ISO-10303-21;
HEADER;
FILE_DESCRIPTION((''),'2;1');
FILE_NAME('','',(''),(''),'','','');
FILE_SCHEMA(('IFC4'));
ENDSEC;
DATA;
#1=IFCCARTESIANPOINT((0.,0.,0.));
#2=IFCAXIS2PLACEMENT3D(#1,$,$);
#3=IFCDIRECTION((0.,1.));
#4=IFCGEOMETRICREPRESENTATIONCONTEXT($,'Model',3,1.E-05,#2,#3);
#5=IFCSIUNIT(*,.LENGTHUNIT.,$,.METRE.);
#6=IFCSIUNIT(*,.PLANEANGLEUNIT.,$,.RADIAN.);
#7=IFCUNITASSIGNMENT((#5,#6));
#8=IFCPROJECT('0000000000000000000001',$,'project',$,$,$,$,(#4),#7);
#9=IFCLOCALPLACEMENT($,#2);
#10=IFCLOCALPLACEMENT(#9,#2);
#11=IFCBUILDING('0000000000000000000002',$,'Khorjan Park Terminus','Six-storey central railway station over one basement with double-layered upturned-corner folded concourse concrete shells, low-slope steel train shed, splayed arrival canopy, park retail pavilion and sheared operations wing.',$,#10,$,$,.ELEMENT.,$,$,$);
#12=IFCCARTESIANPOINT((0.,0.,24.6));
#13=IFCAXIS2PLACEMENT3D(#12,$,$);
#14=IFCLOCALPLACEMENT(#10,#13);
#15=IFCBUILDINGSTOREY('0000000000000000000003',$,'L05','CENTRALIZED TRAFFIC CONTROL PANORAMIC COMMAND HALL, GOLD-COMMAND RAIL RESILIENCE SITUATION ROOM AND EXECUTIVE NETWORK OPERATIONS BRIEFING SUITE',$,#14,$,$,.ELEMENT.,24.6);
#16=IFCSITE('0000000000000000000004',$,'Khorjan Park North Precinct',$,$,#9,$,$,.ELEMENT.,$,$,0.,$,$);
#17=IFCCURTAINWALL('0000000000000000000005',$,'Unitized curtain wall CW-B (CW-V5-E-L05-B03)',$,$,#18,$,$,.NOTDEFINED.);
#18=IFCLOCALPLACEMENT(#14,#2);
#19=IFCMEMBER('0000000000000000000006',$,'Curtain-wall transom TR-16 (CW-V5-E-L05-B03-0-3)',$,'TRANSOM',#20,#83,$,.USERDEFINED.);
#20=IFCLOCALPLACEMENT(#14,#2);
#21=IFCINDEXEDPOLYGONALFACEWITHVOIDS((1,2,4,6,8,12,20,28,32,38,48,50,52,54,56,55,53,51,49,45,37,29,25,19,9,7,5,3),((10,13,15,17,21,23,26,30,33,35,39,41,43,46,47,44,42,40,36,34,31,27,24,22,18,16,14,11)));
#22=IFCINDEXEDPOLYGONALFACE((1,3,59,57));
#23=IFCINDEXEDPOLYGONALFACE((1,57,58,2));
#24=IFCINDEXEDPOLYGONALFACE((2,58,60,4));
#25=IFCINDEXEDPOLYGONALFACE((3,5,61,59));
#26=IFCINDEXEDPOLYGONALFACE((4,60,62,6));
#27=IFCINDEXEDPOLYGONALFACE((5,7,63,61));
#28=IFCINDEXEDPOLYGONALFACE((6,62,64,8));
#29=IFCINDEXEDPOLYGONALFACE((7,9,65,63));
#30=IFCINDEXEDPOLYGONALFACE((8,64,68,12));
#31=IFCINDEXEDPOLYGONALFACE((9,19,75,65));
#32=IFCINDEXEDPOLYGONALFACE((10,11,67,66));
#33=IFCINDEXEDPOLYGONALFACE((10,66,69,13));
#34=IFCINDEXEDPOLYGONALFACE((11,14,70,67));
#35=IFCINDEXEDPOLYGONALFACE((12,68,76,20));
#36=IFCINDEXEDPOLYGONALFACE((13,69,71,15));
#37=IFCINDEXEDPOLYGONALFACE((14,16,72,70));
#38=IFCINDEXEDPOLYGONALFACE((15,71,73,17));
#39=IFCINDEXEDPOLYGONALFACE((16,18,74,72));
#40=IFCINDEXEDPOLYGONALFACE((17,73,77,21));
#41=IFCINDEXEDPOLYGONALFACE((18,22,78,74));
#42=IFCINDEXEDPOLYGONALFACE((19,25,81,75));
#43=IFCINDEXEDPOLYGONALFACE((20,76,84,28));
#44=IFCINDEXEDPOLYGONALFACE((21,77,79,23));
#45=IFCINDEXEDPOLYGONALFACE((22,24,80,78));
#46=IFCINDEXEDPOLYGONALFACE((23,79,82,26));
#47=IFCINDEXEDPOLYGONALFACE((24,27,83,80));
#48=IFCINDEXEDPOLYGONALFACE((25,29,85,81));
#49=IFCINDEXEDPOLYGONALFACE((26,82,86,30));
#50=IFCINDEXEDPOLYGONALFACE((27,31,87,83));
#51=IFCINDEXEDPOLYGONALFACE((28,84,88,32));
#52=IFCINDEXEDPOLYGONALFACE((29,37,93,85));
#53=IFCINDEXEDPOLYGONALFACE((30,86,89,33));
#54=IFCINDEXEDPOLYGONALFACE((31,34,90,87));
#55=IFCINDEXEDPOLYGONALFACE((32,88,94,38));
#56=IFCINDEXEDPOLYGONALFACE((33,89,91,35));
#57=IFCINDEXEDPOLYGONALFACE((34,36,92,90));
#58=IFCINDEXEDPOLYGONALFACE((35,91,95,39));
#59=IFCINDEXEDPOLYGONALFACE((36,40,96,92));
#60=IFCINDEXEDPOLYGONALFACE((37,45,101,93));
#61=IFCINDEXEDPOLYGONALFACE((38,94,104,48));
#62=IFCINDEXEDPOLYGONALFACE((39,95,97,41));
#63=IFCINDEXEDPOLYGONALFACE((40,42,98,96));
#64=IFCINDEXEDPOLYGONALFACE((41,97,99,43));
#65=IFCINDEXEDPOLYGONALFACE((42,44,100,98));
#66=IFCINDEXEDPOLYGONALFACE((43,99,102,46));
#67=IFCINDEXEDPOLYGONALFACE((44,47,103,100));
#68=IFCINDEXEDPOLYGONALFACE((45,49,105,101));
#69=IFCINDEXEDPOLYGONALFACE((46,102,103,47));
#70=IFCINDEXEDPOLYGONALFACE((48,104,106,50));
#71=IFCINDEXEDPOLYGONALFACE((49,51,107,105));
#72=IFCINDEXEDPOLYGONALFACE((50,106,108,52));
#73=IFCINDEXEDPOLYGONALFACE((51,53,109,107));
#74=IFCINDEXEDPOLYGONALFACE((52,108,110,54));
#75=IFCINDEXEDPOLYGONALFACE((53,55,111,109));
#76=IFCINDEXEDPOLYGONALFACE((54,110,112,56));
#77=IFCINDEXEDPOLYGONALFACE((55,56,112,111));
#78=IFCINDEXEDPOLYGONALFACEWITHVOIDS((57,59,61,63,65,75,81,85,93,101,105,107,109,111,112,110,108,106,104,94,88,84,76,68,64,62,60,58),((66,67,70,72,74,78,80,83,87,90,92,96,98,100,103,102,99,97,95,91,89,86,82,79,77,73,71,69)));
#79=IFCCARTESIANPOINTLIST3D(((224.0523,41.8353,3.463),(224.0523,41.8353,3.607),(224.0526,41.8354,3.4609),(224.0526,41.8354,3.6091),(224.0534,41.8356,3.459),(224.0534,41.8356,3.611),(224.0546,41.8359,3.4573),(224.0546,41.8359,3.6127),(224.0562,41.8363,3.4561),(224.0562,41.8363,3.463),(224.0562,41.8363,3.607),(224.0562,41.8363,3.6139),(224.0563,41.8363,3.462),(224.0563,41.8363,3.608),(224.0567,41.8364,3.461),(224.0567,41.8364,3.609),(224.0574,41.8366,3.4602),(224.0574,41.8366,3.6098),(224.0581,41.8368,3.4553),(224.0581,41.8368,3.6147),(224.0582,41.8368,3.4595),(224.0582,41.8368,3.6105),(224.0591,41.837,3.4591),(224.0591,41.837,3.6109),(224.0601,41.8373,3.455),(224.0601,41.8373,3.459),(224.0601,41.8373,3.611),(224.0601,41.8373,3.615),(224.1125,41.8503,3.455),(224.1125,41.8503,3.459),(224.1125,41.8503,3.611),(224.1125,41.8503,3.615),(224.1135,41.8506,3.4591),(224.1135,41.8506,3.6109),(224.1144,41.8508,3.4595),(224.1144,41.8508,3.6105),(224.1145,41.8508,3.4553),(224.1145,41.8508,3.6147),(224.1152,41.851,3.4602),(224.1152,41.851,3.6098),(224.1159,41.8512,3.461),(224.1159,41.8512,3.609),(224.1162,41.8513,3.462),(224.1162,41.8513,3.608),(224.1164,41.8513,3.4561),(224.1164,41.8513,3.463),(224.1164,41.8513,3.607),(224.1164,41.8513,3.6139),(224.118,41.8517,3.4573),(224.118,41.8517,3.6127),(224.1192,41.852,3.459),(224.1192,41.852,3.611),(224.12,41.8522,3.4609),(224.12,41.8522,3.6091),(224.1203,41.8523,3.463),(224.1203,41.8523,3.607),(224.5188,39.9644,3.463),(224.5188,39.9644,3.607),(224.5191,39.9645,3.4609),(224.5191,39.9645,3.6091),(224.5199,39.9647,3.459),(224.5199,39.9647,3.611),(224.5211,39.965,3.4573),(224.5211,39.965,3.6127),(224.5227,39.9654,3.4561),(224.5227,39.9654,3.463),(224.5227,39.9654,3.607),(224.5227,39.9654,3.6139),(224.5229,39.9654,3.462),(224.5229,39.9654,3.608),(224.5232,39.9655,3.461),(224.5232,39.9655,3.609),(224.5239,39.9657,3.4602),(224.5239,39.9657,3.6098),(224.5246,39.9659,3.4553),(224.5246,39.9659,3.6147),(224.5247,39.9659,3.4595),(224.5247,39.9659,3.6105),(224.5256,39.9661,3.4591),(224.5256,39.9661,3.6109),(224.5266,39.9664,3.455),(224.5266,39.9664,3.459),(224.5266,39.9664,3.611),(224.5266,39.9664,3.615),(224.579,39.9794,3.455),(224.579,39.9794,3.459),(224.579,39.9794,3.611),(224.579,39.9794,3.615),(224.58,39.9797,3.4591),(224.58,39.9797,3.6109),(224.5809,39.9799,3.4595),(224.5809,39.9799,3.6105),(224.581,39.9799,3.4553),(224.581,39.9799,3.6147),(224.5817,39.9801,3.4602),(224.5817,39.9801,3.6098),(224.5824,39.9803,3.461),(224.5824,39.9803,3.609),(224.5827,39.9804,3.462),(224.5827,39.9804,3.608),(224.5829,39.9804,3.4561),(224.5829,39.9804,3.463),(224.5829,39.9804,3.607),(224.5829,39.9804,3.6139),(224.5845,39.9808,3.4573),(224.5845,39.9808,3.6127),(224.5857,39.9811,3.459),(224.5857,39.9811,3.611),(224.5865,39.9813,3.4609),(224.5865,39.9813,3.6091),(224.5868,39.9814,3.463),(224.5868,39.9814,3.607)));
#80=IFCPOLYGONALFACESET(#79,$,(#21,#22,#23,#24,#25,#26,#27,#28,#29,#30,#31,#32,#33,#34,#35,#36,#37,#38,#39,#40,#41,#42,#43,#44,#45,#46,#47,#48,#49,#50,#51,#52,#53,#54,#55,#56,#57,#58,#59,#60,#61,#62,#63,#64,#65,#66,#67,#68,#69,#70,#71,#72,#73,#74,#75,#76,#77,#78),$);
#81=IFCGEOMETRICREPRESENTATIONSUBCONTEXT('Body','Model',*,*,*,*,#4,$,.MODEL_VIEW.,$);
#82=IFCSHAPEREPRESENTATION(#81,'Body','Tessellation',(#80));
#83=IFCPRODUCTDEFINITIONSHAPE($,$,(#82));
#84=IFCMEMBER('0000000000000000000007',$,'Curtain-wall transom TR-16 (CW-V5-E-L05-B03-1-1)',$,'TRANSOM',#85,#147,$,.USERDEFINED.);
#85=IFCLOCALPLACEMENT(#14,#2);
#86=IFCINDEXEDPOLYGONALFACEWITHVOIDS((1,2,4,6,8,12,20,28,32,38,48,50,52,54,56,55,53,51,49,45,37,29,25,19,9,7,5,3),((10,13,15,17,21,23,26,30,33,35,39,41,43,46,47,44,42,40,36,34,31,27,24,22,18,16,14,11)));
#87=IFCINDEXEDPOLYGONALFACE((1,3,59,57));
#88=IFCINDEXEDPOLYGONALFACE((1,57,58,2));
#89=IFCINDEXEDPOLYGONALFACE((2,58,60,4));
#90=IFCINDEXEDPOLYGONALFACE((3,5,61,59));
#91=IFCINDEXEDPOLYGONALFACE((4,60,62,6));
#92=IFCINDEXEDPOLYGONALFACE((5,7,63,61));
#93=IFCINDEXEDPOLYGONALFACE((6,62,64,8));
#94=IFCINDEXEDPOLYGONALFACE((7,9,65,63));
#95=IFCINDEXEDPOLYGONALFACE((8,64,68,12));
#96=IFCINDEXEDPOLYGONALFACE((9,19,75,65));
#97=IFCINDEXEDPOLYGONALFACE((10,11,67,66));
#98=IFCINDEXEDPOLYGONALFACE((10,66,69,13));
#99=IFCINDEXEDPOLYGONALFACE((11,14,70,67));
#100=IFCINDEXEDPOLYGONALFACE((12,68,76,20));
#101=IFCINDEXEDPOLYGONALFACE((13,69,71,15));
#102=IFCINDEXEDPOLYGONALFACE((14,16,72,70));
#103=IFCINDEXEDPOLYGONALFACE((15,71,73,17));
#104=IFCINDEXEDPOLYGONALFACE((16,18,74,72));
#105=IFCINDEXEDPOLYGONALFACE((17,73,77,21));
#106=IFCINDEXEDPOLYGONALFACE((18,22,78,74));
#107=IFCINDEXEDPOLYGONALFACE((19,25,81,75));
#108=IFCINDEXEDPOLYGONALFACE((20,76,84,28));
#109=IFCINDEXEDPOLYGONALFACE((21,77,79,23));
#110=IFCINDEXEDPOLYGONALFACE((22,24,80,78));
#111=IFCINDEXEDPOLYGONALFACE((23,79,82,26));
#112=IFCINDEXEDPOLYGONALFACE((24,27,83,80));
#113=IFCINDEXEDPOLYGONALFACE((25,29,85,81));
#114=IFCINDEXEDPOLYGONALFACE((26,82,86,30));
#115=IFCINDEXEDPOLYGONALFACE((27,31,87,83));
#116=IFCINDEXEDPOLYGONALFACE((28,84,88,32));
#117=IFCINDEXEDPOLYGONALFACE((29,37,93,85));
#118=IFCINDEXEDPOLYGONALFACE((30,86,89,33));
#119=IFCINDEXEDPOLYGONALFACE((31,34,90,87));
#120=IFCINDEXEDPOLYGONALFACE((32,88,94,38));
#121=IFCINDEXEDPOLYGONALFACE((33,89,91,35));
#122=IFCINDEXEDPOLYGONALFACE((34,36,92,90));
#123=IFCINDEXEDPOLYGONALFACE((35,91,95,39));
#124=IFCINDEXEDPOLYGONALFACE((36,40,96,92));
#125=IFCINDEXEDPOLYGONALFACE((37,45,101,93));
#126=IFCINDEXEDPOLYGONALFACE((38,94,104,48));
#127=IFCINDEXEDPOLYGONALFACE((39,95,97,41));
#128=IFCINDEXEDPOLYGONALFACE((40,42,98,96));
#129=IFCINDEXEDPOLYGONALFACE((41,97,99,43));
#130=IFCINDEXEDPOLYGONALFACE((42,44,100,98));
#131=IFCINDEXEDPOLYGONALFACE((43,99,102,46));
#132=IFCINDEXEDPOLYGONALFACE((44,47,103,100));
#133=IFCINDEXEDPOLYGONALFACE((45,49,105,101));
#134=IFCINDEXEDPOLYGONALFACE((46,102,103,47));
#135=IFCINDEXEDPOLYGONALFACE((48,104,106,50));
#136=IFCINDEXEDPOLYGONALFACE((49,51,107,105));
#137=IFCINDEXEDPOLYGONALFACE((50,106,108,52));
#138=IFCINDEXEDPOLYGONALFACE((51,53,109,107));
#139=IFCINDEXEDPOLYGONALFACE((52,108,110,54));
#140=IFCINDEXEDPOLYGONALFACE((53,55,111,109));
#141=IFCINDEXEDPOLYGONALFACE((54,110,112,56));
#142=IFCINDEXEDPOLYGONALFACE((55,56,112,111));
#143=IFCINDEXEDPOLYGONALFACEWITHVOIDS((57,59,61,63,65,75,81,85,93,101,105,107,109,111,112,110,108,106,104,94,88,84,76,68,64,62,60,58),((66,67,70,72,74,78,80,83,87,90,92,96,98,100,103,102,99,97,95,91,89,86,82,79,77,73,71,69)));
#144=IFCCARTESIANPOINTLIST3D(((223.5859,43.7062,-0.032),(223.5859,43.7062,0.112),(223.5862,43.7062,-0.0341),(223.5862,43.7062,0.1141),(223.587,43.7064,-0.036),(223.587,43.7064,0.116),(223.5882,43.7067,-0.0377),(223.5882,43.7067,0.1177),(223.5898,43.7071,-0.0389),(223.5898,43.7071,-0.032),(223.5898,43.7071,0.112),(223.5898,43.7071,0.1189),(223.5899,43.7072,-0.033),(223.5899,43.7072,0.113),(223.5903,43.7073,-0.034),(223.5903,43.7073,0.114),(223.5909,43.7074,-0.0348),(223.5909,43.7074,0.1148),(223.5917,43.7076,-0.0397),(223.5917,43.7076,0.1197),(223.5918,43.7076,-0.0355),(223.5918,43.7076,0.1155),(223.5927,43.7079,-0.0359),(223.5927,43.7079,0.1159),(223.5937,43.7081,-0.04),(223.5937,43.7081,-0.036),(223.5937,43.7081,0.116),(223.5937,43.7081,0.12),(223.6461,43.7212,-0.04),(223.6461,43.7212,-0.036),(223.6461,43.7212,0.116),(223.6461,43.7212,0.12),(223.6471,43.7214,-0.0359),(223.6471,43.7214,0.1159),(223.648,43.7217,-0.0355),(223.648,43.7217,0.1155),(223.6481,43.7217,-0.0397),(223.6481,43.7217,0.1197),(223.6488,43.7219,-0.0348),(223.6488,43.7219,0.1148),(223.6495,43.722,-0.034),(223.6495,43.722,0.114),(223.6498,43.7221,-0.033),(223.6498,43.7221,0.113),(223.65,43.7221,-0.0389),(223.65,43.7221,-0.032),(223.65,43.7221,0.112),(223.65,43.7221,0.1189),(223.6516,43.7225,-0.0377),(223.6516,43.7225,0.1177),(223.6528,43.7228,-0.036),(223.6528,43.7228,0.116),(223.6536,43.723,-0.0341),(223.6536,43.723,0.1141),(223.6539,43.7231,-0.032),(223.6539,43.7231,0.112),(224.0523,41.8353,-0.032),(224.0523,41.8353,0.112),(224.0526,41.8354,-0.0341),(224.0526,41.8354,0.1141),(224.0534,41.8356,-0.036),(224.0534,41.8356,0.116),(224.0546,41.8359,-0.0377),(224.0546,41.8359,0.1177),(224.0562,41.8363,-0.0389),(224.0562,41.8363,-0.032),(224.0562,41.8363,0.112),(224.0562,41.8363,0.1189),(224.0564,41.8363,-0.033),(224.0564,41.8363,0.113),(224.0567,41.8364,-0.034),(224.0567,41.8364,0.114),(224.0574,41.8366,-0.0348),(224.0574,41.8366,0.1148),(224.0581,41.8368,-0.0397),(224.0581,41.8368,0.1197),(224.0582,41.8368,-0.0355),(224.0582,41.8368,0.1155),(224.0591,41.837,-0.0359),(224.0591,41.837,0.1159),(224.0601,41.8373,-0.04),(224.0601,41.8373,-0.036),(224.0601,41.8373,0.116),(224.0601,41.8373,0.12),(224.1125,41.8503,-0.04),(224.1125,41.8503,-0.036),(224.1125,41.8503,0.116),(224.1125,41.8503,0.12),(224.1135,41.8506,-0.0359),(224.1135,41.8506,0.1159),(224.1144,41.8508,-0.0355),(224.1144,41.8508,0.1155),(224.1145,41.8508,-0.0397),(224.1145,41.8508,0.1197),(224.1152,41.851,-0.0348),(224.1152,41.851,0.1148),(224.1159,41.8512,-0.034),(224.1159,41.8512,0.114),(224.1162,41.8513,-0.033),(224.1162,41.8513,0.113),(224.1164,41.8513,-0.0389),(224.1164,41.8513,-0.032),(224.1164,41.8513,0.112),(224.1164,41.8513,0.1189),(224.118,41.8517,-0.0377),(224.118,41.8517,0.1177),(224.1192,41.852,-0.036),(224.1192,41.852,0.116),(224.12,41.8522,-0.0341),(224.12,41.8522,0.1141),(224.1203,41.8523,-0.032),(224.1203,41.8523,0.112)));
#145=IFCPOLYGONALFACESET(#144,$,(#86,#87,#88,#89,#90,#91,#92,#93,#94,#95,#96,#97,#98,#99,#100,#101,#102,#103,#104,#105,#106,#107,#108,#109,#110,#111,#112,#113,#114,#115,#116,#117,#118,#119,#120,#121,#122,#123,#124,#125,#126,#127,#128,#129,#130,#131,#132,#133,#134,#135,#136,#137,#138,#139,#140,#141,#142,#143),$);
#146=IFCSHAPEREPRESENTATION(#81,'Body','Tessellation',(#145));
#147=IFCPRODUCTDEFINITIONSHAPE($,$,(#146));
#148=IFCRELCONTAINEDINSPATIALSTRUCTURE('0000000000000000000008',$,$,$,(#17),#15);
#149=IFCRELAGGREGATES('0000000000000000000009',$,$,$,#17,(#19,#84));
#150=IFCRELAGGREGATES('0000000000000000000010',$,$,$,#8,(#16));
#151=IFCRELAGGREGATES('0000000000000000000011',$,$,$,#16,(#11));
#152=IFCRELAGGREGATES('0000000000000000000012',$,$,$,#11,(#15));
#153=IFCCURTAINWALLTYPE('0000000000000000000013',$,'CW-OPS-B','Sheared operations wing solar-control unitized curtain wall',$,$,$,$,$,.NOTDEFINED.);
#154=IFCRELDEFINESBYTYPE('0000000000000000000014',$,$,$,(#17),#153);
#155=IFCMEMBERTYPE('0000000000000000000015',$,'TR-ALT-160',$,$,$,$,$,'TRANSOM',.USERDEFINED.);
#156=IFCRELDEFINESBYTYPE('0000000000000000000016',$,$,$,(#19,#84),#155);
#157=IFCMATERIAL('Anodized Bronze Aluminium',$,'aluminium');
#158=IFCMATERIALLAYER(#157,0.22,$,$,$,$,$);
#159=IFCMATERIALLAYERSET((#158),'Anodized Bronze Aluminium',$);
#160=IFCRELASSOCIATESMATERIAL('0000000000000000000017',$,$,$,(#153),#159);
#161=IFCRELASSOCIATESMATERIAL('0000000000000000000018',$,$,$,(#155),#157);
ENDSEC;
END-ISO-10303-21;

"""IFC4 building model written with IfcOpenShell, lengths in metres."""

from ifc_helpers import new_model, si_unit, direction, frame, origin, origin_2d, place, context, subcontext, project, spatial, hollow_rectangle, extrude, material, layer, layer_set, material_profile, profile_set, type_object, element, aggregate, save


model = new_model("IFC4")

# Units and contexts
model_context = context("Model", 3, precision=1e-05, world=origin(), true_north=direction((0.0, 1.0)))
body_context = subcontext(model_context, "Body", "Model", "MODEL_VIEW")
ifc_project = project(units=[si_unit("LENGTHUNIT", "METRE"), si_unit("PLANEANGLEUNIT", "RADIAN")], contexts=[model_context])

# Site, building, storey
site_placement = place(None, origin())
site = spatial("IfcSite", under=ifc_project, at=site_placement, Name="Khorjan Park North Precinct", CompositionType="ELEMENT", RefElevation=0.0)
building_placement = place(site_placement, origin())
building = spatial("IfcBuilding", under=site, at=building_placement, Name="Khorjan Park Terminus", Description="Six-storey central railway station over one basement with double-layered upturned-corner folded concourse concrete shells, low-slope steel train shed, splayed arrival canopy, park retail pavilion and sheared operations wing.", CompositionType="ELEMENT")
storey_placement = place(building_placement, frame((0.0, 0.0, 24.6)))
storey = spatial("IfcBuildingStorey", under=building, at=storey_placement, Name="L05", Description="CENTRALIZED TRAFFIC CONTROL PANORAMIC COMMAND HALL, GOLD-COMMAND RAIL RESILIENCE SITUATION ROOM AND EXECUTIVE NETWORK OPERATIONS BRIEFING SUITE", CompositionType="ELEMENT", Elevation=24.6)

# Curtain wall
ifc_material_1 = material(Name="Anodized Bronze Aluminium", Category="aluminium")
ifc_layer_1 = layer(ifc_material_1, 0.22)
ifc_layer_set_1 = layer_set([ifc_layer_1], Name="Anodized Bronze Aluminium")
curtain_wall_type = type_object("IfcCurtainWallType", Name="CW-OPS-B", Description="Sheared operations wing solar-control unitized curtain wall", PredefinedType="NOTDEFINED", material=ifc_layer_set_1)
curtain_wall_1_placement = place(storey_placement, origin())
curtain_wall_1 = element("IfcCurtainWall", 1, at=curtain_wall_1_placement, inside=storey, type_object=curtain_wall_type, Name="Unitized curtain wall CW-B (CW-V5-E-L05-B03)", PredefinedType="NOTDEFINED")

# Members
ifc_material_profile_1 = material_profile(ifc_material_1, hollow_rectangle(XDim=0.07, YDim=0.16, WallThickness=0.004, InnerFilletRadius=0.004, OuterFilletRadius=0.008, at=origin_2d()), Name="ALT 70x160x4")
ifc_profile_set_1 = profile_set([ifc_material_profile_1], Name="Anodized Bronze Aluminium")
member_type_1 = type_object("IfcMemberType", Name="TR-ALT-160", ElementType="TRANSOM", PredefinedType="USERDEFINED", material=ifc_profile_set_1)
member_1_placement = place(storey_placement, frame((224.5528, 39.9729, 3.535), z_axis=(-0.241938, 0.970292, 0.0), x_axis=(-0.970292, -0.241938, 0.0)))
member_1 = element("IfcMember", 2, at=member_1_placement, type_object=member_type_1, Name="Curtain-wall transom TR-16 (CW-V5-E-L05-B03-0-3)", ObjectType="TRANSOM", PredefinedType="USERDEFINED", context=body_context, shape_type="SweptSolid", body=[
    extrude(hollow_rectangle(XDim=0.07, YDim=0.16, WallThickness=0.004, InnerFilletRadius=0.004, OuterFilletRadius=0.008, at=origin_2d()), origin(), (0.0, 0.0, 1.0), 1.9282),
])
member_2_placement = place(storey_placement, frame((224.0863, 41.8438, 0.04), z_axis=(-0.241901, 0.970301, 0.0), x_axis=(-0.970301, -0.241901, 0.0)))
member_2 = element("IfcMember", 3, at=member_2_placement, type_object=member_type_1, Name="Curtain-wall transom TR-16 (CW-V5-E-L05-B03-1-1)", ObjectType="TRANSOM", PredefinedType="USERDEFINED", context=body_context, shape_type="SweptSolid", body=[
    extrude(hollow_rectangle(XDim=0.07, YDim=0.16, WallThickness=0.004, InnerFilletRadius=0.004, OuterFilletRadius=0.008, at=origin_2d()), origin(), (0.0, 0.0, 1.0), 1.9281),
])

aggregate(curtain_wall_1, [member_1, member_2])

save(model, "model.ifc")
